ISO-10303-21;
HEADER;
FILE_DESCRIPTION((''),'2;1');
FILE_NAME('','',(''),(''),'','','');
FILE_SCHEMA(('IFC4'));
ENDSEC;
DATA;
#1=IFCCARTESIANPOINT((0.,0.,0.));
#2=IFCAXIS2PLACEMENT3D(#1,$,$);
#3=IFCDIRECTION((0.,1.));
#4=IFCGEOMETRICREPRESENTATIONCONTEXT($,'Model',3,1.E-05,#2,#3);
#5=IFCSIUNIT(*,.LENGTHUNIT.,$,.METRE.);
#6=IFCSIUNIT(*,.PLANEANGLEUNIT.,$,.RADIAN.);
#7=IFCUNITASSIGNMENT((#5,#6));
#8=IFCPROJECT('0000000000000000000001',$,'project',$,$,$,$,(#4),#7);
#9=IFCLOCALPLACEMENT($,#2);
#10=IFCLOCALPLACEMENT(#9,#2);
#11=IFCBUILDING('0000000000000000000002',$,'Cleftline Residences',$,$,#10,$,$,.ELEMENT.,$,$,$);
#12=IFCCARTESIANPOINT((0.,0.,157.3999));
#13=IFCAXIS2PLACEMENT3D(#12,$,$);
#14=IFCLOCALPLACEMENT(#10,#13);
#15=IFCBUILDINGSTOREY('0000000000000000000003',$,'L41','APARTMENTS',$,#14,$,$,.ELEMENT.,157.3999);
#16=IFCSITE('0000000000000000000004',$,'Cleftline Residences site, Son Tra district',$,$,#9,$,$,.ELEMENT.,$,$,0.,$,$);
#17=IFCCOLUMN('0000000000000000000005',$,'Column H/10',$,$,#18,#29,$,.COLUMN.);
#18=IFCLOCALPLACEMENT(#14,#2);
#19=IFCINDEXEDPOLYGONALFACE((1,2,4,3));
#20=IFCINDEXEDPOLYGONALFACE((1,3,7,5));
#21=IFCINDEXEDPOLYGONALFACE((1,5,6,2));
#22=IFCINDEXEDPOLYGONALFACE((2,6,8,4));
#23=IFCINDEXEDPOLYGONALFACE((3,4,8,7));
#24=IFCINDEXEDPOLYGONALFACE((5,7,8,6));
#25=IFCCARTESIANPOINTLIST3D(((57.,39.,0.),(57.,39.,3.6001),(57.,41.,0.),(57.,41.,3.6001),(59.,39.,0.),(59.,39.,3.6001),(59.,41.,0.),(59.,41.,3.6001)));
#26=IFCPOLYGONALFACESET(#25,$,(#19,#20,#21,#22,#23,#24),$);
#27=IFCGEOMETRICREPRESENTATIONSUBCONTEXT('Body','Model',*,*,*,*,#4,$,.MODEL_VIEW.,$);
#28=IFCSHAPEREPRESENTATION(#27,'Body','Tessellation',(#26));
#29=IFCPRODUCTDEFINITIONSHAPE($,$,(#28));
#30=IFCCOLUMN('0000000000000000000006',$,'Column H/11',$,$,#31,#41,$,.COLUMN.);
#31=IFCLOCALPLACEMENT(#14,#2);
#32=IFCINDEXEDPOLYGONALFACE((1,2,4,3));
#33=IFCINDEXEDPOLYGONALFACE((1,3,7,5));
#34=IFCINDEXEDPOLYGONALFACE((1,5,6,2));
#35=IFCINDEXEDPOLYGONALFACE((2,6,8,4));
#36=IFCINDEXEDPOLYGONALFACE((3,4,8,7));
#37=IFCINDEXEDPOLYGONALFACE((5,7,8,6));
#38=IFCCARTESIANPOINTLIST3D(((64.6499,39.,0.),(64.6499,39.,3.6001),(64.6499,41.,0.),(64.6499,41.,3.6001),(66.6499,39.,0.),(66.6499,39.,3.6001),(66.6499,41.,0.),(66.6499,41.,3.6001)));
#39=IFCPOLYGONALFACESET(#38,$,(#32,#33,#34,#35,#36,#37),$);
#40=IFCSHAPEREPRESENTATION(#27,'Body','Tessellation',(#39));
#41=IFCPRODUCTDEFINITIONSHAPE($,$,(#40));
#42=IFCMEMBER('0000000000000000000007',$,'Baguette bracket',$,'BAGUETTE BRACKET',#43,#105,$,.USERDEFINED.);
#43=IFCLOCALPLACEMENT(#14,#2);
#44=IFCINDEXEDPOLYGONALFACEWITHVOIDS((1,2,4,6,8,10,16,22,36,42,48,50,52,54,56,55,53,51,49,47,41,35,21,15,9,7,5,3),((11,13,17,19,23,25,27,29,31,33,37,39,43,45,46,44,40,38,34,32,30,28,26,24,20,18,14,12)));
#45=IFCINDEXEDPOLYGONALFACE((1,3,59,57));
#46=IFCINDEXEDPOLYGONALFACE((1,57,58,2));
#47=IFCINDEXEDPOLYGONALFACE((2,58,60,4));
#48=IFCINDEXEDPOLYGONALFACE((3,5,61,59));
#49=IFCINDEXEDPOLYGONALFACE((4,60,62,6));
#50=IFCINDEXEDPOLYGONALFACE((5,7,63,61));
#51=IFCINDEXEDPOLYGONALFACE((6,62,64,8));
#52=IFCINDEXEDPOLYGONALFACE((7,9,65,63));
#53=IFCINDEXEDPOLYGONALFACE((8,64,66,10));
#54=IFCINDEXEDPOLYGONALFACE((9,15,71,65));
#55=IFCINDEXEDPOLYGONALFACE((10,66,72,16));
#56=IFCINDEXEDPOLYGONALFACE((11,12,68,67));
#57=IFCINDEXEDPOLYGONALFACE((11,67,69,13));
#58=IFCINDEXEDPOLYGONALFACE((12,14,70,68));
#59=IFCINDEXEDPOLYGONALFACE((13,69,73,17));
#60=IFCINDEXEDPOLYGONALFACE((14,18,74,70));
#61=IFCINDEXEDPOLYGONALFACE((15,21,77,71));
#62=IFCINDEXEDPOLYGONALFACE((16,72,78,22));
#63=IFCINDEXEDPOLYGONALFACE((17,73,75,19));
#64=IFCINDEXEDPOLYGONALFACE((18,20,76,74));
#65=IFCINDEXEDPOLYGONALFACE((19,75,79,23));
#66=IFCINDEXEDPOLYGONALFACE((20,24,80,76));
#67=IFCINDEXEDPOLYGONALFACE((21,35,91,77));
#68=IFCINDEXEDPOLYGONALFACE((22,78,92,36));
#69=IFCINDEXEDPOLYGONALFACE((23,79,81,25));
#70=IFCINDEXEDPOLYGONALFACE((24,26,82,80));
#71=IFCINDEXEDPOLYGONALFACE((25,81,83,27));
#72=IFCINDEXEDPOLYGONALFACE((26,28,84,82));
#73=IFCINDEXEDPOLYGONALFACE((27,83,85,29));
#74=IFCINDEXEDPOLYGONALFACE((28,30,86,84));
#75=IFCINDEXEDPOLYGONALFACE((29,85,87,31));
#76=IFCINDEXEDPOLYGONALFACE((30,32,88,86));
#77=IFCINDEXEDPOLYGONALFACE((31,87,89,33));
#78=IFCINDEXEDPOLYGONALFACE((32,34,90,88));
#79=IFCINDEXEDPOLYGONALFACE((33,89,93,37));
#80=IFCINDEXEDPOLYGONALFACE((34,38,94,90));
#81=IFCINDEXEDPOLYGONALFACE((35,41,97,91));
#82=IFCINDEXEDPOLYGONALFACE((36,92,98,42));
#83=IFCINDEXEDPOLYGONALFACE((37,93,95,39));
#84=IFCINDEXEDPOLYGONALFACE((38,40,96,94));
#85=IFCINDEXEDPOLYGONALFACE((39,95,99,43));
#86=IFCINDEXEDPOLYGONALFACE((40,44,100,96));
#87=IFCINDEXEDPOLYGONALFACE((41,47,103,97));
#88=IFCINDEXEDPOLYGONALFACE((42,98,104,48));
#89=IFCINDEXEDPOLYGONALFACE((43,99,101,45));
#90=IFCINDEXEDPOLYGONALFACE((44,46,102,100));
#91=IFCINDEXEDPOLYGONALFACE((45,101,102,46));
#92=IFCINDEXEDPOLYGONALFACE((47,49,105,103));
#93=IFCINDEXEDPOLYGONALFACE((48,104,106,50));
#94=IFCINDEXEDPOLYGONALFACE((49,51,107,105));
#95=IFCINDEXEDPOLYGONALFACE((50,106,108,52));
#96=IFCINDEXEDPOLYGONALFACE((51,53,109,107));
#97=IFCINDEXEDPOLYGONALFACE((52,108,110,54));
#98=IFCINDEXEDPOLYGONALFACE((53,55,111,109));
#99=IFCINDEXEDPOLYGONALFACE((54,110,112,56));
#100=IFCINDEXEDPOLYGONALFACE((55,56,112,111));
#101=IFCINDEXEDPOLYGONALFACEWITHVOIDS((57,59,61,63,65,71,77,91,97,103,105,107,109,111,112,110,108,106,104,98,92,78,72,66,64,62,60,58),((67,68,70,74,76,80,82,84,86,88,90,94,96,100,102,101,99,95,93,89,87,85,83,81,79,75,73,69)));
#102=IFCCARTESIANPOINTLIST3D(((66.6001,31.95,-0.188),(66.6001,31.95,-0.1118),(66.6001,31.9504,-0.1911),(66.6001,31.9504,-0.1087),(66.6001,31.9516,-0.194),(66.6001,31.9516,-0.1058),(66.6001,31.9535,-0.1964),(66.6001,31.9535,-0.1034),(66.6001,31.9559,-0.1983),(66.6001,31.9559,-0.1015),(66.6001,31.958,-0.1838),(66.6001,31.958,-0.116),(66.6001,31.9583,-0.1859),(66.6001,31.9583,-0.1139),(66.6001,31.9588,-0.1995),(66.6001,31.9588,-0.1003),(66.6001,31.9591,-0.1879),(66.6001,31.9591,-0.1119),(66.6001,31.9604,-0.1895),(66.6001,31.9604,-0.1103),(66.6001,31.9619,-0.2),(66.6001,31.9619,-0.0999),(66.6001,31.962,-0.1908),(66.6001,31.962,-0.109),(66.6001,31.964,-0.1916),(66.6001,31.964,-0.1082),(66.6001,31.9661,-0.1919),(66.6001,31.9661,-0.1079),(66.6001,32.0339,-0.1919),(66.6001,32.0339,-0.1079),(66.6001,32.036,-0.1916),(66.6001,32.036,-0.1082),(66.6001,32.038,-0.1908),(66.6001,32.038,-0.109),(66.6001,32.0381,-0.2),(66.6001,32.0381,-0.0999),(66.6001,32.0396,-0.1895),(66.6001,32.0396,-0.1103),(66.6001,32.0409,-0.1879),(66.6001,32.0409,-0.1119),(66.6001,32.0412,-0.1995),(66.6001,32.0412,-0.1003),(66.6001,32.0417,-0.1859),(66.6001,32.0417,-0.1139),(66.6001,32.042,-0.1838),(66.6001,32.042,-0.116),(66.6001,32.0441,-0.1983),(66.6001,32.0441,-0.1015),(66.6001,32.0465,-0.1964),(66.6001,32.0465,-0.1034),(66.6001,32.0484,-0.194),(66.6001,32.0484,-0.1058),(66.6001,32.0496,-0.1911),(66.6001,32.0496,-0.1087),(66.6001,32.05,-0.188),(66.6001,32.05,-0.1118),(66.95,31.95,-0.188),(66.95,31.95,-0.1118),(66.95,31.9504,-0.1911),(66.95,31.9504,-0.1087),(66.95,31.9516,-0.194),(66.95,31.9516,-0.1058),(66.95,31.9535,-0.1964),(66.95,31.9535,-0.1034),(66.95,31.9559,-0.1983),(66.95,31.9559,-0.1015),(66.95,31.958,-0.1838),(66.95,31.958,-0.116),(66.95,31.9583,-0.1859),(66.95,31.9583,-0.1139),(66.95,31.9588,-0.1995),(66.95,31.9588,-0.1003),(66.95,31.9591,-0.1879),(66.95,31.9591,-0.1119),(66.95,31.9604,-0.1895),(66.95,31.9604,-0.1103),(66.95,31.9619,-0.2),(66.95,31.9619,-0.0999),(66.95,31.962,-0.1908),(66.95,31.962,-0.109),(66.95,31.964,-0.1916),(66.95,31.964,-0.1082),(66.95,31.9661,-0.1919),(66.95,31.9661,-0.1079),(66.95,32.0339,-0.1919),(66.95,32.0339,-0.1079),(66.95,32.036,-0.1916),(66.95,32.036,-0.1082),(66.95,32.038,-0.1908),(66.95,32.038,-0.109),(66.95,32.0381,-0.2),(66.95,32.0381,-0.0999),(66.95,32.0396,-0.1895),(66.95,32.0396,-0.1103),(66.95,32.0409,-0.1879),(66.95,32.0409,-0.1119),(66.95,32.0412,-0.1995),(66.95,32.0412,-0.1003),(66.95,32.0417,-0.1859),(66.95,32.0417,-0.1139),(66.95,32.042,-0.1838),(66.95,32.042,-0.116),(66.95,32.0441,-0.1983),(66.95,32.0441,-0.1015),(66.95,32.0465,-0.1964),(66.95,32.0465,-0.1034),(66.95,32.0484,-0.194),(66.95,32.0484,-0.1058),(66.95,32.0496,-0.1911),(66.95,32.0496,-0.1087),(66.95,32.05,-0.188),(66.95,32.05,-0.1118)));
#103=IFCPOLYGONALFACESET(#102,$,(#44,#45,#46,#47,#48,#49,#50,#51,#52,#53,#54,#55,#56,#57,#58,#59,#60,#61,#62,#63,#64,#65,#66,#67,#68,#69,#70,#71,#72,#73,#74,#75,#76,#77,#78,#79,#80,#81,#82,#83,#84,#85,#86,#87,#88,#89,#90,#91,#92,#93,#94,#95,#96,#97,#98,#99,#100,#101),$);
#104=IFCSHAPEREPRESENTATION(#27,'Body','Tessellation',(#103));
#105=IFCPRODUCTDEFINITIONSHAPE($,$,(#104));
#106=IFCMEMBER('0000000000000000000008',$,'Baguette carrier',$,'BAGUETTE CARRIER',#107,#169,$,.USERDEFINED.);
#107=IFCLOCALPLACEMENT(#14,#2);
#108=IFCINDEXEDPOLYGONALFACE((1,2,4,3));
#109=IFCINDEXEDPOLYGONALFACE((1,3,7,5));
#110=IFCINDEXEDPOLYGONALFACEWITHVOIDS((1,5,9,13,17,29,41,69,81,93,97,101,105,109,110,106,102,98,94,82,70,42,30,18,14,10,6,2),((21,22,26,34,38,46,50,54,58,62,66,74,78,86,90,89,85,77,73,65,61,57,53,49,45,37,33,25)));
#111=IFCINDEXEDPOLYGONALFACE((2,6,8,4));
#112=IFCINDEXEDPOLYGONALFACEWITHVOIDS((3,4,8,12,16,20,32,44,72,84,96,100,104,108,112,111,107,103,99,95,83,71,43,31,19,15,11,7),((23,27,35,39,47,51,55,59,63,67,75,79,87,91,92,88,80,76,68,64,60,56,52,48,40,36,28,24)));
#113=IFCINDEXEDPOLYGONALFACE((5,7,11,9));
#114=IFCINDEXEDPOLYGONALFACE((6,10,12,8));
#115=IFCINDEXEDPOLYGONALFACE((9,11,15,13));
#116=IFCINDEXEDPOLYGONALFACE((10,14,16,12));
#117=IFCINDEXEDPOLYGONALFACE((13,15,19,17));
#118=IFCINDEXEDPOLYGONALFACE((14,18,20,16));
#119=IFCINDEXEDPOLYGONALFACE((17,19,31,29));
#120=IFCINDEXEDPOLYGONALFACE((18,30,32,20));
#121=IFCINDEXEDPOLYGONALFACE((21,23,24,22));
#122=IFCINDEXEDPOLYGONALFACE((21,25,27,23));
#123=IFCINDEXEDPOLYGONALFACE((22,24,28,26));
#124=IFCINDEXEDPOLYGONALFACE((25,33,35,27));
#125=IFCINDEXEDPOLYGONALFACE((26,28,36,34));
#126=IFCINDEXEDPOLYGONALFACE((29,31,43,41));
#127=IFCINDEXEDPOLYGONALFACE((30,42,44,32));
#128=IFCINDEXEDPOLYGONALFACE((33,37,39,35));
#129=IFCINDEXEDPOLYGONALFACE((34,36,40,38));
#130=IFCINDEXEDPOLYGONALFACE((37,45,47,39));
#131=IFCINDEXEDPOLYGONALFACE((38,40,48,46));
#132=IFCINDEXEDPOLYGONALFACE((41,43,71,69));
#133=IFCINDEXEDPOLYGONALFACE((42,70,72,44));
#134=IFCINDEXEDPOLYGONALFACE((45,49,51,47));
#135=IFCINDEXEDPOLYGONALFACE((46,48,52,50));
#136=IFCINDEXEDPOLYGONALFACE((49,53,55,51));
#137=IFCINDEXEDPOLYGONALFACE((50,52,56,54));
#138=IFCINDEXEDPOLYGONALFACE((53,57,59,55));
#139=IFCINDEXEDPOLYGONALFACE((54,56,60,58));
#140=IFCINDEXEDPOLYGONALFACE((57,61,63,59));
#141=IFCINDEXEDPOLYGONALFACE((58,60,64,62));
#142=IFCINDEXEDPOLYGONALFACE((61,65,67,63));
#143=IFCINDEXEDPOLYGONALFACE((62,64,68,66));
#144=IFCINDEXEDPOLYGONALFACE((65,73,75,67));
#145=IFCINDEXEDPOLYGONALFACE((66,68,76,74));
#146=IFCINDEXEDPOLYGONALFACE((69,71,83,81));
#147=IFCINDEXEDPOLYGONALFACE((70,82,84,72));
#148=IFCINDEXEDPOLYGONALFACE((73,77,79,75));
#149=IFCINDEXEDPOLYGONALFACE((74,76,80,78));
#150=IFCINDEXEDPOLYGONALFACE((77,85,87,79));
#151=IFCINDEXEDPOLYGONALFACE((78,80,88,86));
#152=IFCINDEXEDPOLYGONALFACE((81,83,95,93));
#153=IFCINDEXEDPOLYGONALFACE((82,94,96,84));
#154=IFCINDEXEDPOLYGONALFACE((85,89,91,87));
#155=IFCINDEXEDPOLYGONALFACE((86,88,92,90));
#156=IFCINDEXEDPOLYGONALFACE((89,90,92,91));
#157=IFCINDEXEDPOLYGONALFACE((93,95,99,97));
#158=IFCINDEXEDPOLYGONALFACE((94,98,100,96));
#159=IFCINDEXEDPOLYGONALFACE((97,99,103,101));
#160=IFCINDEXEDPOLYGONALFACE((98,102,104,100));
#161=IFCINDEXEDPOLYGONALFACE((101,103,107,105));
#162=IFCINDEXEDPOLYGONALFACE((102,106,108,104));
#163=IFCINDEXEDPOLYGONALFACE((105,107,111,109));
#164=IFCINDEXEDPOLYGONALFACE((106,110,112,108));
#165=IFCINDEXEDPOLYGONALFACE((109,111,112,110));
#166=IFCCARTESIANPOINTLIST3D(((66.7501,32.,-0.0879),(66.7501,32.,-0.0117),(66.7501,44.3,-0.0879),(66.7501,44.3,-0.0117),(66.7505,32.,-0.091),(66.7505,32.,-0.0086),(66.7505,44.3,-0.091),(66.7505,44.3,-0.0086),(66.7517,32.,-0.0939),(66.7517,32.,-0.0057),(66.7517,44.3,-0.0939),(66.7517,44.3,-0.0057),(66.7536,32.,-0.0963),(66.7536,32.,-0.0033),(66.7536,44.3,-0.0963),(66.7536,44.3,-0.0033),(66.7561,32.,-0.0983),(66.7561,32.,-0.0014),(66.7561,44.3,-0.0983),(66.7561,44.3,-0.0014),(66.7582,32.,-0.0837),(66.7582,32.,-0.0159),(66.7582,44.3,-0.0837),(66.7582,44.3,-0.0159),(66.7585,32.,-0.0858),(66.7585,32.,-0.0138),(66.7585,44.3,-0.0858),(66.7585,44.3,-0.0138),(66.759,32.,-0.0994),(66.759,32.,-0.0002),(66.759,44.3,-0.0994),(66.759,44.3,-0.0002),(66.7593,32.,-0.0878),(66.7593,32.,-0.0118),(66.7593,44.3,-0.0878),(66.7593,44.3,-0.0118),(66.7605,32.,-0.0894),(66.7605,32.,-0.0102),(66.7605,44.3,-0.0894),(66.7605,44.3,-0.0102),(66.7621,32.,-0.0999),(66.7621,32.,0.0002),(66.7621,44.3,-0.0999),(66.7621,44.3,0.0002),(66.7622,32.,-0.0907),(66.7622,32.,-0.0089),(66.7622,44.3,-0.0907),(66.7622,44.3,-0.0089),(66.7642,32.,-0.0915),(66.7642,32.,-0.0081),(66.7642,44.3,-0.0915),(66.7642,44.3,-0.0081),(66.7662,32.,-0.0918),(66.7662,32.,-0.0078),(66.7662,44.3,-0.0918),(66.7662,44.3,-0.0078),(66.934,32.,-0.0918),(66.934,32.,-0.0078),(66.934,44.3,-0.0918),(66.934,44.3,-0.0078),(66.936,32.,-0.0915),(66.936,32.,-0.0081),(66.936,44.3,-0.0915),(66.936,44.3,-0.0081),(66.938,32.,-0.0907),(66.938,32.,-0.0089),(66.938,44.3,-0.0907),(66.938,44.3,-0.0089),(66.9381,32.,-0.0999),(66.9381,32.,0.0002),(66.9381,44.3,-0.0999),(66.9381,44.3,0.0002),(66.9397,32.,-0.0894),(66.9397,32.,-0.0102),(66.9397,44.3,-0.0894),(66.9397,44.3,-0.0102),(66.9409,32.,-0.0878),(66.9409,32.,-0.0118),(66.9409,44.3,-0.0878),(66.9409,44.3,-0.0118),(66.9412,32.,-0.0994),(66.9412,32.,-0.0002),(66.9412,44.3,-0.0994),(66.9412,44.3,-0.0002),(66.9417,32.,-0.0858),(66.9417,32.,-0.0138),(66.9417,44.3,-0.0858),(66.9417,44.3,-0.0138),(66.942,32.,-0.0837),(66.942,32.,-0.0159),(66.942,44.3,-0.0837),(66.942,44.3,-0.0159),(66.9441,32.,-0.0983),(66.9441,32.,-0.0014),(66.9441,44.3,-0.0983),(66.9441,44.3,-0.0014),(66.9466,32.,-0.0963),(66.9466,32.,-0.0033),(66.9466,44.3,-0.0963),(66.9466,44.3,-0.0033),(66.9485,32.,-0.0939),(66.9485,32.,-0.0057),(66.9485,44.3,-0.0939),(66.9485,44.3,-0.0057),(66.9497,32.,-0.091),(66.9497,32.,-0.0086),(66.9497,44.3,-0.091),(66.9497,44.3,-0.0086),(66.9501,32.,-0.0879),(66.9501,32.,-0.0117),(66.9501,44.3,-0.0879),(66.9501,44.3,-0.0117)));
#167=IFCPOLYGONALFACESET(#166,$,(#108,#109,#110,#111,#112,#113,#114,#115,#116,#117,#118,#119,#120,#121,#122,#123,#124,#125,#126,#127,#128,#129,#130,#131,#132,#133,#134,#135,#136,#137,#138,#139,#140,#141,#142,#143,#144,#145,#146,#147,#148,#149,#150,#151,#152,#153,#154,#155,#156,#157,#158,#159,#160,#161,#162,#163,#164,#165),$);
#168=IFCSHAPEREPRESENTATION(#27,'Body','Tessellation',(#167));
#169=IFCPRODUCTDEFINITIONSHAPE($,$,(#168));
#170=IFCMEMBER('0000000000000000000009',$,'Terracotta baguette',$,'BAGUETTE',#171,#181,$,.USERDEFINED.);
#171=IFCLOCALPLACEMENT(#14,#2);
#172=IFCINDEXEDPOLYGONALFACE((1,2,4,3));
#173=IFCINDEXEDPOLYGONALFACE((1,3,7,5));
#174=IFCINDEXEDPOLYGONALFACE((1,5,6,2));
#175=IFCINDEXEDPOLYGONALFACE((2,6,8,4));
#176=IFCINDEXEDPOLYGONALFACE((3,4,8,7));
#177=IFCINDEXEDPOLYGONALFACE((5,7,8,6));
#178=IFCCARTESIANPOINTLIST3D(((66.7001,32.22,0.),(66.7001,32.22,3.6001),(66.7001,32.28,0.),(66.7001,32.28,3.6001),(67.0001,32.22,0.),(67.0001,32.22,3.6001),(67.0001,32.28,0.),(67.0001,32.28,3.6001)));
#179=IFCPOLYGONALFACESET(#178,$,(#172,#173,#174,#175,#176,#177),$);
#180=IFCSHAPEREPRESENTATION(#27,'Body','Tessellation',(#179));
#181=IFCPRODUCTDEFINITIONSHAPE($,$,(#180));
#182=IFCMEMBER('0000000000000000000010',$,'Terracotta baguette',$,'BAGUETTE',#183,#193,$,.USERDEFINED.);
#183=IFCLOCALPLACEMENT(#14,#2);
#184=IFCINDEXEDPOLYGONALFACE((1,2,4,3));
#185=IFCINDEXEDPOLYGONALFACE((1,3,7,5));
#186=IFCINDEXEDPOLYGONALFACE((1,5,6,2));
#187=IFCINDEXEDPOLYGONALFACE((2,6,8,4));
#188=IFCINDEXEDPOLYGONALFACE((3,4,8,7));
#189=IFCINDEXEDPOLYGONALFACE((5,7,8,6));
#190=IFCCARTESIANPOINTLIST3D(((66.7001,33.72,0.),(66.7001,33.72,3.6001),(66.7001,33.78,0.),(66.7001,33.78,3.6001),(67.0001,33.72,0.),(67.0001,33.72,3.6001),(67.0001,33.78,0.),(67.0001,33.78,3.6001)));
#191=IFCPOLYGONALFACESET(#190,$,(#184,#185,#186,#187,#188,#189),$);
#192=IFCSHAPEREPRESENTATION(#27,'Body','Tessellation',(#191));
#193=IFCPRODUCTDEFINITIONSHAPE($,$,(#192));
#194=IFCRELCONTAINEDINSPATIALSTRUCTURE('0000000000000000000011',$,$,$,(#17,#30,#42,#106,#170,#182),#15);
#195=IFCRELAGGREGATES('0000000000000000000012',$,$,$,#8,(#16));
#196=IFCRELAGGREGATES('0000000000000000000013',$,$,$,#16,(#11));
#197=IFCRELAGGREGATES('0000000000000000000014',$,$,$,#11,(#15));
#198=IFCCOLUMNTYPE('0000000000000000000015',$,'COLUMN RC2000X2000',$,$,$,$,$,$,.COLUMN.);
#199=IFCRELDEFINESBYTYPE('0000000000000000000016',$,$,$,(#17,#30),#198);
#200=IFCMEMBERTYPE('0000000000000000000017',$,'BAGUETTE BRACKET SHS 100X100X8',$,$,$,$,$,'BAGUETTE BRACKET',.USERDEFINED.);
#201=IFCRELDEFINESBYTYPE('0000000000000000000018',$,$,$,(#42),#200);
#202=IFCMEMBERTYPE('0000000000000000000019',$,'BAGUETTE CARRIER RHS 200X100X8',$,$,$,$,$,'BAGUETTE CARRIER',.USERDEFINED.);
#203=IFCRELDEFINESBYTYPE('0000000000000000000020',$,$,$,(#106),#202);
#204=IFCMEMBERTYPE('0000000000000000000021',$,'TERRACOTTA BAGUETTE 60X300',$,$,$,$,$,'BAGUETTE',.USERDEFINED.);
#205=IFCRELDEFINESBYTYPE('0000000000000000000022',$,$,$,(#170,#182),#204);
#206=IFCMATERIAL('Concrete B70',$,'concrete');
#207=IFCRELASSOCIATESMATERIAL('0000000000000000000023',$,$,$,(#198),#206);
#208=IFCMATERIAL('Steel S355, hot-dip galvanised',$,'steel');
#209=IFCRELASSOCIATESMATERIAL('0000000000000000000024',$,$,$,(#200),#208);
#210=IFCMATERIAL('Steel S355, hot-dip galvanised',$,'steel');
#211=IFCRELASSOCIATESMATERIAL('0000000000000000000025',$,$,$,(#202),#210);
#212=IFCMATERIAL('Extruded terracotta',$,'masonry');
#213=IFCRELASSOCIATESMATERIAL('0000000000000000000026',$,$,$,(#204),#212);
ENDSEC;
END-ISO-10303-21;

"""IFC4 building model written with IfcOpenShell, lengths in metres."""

from ifc_helpers import new_model, si_unit, direction, frame, origin, origin_2d, place, context, subcontext, project, spatial, rectangle, hollow_rectangle, extrude, material, material_profile, profile_set, type_object, element, save


model = new_model("IFC4")

# Units and contexts
model_context = context("Model", 3, precision=1e-05, world=origin(), true_north=direction((0.0, 1.0)))
body_context = subcontext(model_context, "Body", "Model", "MODEL_VIEW")
ifc_project = project(units=[si_unit("LENGTHUNIT", "METRE"), si_unit("PLANEANGLEUNIT", "RADIAN")], contexts=[model_context])

# Site, building, storey
site_placement = place(None, origin())
site = spatial("IfcSite", under=ifc_project, at=site_placement, Name="Cleftline Residences site, Son Tra district", CompositionType="ELEMENT", RefElevation=0.0)
building_placement = place(site_placement, origin())
building = spatial("IfcBuilding", under=site, at=building_placement, Name="Cleftline Residences", CompositionType="ELEMENT")
storey_placement = place(building_placement, frame((0.0, 0.0, 157.3999)))
storey = spatial("IfcBuildingStorey", under=building, at=storey_placement, Name="L41", Description="APARTMENTS", CompositionType="ELEMENT", Elevation=157.3999)

# Columns
ifc_material_1 = material(Name="Concrete B70", Category="concrete")
ifc_material_profile_1 = material_profile(ifc_material_1, rectangle(XDim=2.0, YDim=2.0, at=origin_2d()))
ifc_profile_set_1 = profile_set([ifc_material_profile_1], Name="Concrete B70")
column_type = type_object("IfcColumnType", Name="COLUMN RC2000X2000", PredefinedType="COLUMN", material=ifc_profile_set_1)
for number, where, z_axis, x_axis, name in (
    (1, (58.0, 40.0, 0.0), (0.0, 0.0, 1.0), (1.0, 0.0, 0.0), "Column H/10"),
    (2, (65.6499, 40.0, 0.0), (0.0, 0.0, 1.0), (1.0, 0.0, 0.0), "Column H/11"),
):
    element("IfcColumn", number, at=place(storey_placement, frame(where, z_axis=z_axis, x_axis=x_axis)), inside=storey, type_object=column_type, Name=name, PredefinedType="COLUMN", context=body_context, shape_type="SweptSolid", body=[
        extrude(rectangle(XDim=2.0, YDim=2.0, at=origin_2d()), origin(), (0.0, 0.0, 1.0), 3.6001),
    ])

# Members
ifc_material_2 = material(Name="Steel S355, hot-dip galvanised", Category="steel")
ifc_material_profile_2 = material_profile(ifc_material_2, hollow_rectangle(XDim=0.1001, YDim=0.1001, WallThickness=0.0081, InnerFilletRadius=0.0081, OuterFilletRadius=0.012, at=origin_2d()))
ifc_profile_set_2 = profile_set([ifc_material_profile_2], Name="Steel S355, hot-dip galvanised")
member_type_1 = type_object("IfcMemberType", Name="BAGUETTE BRACKET SHS 100X100X8", ElementType="BAGUETTE BRACKET", PredefinedType="USERDEFINED", material=ifc_profile_set_2)
member_1_placement = place(storey_placement, frame((66.6001, 32.0, -0.1499), z_axis=(1.0, 0.0, 0.0), x_axis=(0.0, 1.0, 0.0)))
element("IfcMember", 3, at=member_1_placement, inside=storey, type_object=member_type_1, Name="Baguette bracket", ObjectType="BAGUETTE BRACKET", PredefinedType="USERDEFINED", context=body_context, shape_type="SweptSolid", body=[
    extrude(hollow_rectangle(XDim=0.1001, YDim=0.1001, WallThickness=0.0081, InnerFilletRadius=0.0081, OuterFilletRadius=0.012, at=origin_2d()), origin(), (0.0, 0.0, 1.0), 0.3499),
])
ifc_material_3 = material(Name="Steel S355, hot-dip galvanised", Category="steel")
ifc_material_profile_3 = material_profile(ifc_material_3, hollow_rectangle(XDim=0.1001, YDim=0.2, WallThickness=0.0081, InnerFilletRadius=0.0081, OuterFilletRadius=0.012, at=origin_2d()))
ifc_profile_set_3 = profile_set([ifc_material_profile_3], Name="Steel S355, hot-dip galvanised")
member_type_2 = type_object("IfcMemberType", Name="BAGUETTE CARRIER RHS 200X100X8", ElementType="BAGUETTE CARRIER", PredefinedType="USERDEFINED", material=ifc_profile_set_3)
member_2_placement = place(storey_placement, frame((66.8501, 32.0, -0.0498), z_axis=(0.0, 1.0, 0.0), x_axis=(0.0, 0.0, 1.0)))
element("IfcMember", 4, at=member_2_placement, inside=storey, type_object=member_type_2, Name="Baguette carrier", ObjectType="BAGUETTE CARRIER", PredefinedType="USERDEFINED", context=body_context, shape_type="SweptSolid", body=[
    extrude(hollow_rectangle(XDim=0.1001, YDim=0.2, WallThickness=0.0081, InnerFilletRadius=0.0081, OuterFilletRadius=0.012, at=origin_2d()), origin(), (0.0, 0.0, 1.0), 12.3),
])
ifc_material_4 = material(Name="Extruded terracotta", Category="masonry")
ifc_material_profile_4 = material_profile(ifc_material_4, rectangle(XDim=0.0601, YDim=0.3, at=origin_2d()))
ifc_profile_set_4 = profile_set([ifc_material_profile_4], Name="Extruded terracotta")
member_type_3 = type_object("IfcMemberType", Name="TERRACOTTA BAGUETTE 60X300", ElementType="BAGUETTE", PredefinedType="USERDEFINED", material=ifc_profile_set_4)
for number, where, z_axis, x_axis, name in (
    (5, (66.8501, 32.25, 0.0), (0.0, 0.0, 1.0), (0.0, 1.0, 0.0), "Terracotta baguette"),
    (6, (66.8501, 33.75, 0.0), (0.0, 0.0, 1.0), (0.0, 1.0, 0.0), "Terracotta baguette"),
):
    element("IfcMember", number, at=place(storey_placement, frame(where, z_axis=z_axis, x_axis=x_axis)), inside=storey, type_object=member_type_3, Name=name, ObjectType="BAGUETTE", PredefinedType="USERDEFINED", context=body_context, shape_type="SweptSolid", body=[
        extrude(rectangle(XDim=0.0601, YDim=0.3, at=origin_2d()), origin(), (0.0, 0.0, 1.0), 3.6001),
    ])

save(model, "model.ifc")
